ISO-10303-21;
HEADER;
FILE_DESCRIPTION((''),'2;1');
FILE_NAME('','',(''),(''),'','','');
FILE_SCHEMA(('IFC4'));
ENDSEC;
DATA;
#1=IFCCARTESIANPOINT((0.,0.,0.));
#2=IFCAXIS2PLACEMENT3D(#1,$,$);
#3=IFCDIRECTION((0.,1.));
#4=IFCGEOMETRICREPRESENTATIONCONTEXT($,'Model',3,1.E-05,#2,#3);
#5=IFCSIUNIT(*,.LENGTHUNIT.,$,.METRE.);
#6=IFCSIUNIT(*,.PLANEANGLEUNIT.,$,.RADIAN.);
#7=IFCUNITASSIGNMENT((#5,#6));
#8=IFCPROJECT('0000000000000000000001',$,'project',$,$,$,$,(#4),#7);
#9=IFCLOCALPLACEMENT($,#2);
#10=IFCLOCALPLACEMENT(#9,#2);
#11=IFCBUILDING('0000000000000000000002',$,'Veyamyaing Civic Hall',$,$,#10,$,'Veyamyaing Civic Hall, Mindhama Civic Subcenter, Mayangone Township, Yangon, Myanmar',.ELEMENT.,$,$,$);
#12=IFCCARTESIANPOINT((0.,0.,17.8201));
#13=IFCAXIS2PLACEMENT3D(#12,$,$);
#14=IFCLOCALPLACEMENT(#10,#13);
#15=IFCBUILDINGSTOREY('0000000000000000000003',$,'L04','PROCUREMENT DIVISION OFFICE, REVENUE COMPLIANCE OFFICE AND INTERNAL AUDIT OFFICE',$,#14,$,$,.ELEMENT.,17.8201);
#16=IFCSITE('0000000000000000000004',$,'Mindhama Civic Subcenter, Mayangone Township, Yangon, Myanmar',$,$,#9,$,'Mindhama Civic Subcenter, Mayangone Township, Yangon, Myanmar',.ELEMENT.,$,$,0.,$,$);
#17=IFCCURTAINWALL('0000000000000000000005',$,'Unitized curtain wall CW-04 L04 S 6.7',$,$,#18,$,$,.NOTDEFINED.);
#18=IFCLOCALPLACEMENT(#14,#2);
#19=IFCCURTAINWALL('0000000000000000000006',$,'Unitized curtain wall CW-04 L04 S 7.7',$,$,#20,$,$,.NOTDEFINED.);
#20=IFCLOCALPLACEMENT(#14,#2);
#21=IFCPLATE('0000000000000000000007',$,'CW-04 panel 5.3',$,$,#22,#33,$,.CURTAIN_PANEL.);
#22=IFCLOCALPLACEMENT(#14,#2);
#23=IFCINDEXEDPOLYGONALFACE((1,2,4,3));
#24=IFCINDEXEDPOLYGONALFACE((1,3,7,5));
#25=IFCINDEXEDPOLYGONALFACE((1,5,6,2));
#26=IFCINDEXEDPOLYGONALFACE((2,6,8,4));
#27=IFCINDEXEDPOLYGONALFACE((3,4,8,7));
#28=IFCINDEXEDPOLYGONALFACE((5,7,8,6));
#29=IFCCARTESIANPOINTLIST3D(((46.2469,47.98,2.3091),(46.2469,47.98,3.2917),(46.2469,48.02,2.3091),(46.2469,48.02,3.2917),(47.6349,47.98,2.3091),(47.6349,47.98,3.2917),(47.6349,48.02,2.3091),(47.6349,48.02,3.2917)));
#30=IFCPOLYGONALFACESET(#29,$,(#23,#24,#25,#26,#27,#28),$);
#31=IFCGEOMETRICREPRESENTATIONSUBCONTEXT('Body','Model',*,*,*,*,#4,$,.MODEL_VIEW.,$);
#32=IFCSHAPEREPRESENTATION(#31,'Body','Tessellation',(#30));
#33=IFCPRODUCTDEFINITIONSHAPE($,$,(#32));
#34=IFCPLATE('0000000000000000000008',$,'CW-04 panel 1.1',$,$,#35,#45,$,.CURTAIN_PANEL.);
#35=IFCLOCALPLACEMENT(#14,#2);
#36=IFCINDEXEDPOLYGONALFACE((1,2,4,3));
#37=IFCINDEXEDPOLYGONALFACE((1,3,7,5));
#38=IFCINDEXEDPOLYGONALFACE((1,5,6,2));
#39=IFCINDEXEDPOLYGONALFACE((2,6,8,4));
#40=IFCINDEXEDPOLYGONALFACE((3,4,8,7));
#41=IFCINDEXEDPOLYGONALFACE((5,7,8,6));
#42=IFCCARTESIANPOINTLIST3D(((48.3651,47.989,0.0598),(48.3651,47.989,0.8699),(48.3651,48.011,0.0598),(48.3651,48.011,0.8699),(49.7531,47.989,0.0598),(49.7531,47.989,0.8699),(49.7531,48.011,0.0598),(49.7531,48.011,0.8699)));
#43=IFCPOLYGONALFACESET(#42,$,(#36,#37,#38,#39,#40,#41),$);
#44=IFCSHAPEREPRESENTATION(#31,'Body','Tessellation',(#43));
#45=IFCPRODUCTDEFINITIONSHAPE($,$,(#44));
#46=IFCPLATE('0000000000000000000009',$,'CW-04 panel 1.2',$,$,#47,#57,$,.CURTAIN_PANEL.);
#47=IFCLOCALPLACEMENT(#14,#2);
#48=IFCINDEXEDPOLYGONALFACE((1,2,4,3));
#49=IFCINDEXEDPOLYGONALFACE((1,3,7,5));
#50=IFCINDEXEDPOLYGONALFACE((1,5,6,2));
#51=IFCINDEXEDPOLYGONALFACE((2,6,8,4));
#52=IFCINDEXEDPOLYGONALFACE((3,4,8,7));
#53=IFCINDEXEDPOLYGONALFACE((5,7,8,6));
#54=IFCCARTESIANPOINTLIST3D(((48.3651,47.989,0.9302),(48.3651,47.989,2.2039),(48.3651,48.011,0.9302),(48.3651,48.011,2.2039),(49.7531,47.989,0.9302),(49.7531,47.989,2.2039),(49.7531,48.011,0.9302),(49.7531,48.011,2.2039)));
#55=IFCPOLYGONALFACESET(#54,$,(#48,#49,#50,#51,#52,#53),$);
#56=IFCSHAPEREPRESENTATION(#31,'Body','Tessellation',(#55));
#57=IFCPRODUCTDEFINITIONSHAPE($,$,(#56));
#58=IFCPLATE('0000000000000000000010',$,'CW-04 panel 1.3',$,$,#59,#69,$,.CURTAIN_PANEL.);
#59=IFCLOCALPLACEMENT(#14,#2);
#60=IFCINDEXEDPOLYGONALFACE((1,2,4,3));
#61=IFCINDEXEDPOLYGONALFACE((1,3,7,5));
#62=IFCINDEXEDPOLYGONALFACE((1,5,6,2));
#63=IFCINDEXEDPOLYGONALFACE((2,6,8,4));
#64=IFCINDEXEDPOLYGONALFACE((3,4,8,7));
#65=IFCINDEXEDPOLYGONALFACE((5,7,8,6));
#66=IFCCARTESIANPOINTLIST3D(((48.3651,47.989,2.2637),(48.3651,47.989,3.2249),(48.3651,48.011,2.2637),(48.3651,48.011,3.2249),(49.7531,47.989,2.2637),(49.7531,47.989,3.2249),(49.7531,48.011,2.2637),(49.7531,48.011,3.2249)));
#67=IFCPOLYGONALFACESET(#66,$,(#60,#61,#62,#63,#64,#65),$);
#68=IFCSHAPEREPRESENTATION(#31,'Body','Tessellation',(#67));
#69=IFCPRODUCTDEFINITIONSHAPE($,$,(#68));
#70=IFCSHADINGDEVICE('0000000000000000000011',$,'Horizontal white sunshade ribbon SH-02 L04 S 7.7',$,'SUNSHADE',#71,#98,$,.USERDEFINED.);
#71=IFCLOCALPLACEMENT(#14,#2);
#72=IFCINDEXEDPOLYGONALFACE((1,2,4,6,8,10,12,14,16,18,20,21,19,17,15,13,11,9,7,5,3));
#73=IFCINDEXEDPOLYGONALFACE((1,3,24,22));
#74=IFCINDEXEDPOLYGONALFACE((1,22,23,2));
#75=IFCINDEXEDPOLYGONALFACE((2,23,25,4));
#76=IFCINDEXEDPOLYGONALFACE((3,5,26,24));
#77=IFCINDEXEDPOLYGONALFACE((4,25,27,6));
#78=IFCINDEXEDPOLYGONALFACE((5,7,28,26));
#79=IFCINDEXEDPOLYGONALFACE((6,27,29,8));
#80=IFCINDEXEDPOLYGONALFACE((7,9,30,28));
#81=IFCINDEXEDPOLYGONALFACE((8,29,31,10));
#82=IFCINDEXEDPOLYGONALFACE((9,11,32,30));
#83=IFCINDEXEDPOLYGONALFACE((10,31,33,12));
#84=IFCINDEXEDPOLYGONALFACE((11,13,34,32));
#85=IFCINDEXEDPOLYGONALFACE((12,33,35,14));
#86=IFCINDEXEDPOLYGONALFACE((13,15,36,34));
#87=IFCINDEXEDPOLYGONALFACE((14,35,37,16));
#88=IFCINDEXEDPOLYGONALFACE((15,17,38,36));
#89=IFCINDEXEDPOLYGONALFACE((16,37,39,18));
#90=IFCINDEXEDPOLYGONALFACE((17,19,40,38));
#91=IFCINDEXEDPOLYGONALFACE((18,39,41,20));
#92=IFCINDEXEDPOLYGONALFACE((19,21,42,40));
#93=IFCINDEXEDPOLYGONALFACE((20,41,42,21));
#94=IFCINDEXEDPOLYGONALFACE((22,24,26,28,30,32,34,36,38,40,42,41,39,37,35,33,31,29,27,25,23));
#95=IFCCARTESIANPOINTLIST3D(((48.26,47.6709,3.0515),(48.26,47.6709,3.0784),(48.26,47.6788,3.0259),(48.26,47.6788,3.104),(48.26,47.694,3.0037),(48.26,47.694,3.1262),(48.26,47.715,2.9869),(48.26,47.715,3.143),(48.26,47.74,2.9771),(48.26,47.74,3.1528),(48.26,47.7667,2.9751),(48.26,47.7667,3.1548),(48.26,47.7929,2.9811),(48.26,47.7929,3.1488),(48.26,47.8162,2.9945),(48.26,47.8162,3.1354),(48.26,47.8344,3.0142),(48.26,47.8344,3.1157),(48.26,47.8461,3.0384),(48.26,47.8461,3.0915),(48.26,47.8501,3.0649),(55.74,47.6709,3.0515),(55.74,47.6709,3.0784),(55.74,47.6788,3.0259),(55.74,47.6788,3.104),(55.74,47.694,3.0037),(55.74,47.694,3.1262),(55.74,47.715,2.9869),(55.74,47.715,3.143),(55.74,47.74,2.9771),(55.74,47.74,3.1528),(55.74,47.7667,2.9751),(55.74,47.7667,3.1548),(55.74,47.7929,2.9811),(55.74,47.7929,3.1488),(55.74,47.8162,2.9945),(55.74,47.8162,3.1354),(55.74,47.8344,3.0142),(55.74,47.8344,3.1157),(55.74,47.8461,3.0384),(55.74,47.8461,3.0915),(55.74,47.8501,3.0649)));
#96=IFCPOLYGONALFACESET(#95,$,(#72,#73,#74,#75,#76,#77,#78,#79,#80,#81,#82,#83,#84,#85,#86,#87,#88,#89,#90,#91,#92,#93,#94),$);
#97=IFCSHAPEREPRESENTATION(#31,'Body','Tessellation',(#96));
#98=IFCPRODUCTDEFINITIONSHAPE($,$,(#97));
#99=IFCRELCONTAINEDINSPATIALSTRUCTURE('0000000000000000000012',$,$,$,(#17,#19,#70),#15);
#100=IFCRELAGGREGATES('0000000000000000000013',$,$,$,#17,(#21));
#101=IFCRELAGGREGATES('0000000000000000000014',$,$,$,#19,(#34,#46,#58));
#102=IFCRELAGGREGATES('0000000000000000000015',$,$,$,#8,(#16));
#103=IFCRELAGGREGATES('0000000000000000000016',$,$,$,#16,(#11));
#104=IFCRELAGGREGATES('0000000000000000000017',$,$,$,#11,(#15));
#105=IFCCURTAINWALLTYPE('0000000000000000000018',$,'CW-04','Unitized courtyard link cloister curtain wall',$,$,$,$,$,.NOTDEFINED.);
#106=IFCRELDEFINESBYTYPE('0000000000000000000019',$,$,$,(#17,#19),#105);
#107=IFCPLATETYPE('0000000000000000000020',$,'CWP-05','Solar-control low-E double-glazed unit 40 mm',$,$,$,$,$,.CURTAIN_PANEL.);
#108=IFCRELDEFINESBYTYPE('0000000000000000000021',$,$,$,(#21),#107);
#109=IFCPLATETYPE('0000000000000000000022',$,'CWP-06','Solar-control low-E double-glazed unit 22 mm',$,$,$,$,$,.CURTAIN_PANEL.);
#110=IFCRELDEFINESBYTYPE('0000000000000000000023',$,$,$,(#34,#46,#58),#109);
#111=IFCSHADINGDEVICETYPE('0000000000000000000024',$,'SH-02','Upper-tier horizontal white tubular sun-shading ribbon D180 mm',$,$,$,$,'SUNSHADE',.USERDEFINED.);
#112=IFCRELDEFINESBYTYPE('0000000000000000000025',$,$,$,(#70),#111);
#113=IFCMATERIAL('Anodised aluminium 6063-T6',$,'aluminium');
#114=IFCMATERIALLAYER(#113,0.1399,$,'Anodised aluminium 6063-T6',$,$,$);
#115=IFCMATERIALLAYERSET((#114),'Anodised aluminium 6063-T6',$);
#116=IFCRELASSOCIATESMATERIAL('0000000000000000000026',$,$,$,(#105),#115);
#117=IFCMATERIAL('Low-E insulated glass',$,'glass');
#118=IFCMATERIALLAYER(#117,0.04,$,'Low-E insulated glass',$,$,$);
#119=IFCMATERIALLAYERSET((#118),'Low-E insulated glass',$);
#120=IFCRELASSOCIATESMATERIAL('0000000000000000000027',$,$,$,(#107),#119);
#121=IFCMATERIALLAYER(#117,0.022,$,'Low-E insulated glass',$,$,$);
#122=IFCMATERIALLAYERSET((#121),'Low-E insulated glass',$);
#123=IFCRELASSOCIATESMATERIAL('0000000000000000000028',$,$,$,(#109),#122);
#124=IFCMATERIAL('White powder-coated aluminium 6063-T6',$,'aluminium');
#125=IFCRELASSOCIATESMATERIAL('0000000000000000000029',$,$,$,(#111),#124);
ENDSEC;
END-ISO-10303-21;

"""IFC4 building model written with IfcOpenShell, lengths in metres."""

from ifc_helpers import new_model, si_unit, direction, frame, origin, origin_2d, place, context, subcontext, project, spatial, rectangle, circle, extrude, material, layer, layer_set, material_profile, profile_set, type_object, element, aggregate, save


model = new_model("IFC4")

# Units and contexts
model_context = context("Model", 3, precision=1e-05, world=origin(), true_north=direction((0.0, 1.0)))
body_context = subcontext(model_context, "Body", "Model", "MODEL_VIEW")
ifc_project = project(units=[si_unit("LENGTHUNIT", "METRE"), si_unit("PLANEANGLEUNIT", "RADIAN")], contexts=[model_context])

# Site, building, storey
site_placement = place(None, origin())
site = spatial("IfcSite", under=ifc_project, at=site_placement, Name="Mindhama Civic Subcenter, Mayangone Township, Yangon, Myanmar", LongName="Mindhama Civic Subcenter, Mayangone Township, Yangon, Myanmar", CompositionType="ELEMENT", RefElevation=0.0)
building_placement = place(site_placement, origin())
building = spatial("IfcBuilding", under=site, at=building_placement, Name="Veyamyaing Civic Hall", LongName="Veyamyaing Civic Hall, Mindhama Civic Subcenter, Mayangone Township, Yangon, Myanmar", CompositionType="ELEMENT")
storey_placement = place(building_placement, frame((0.0, 0.0, 17.8201)))
storey = spatial("IfcBuildingStorey", under=building, at=storey_placement, Name="L04", Description="PROCUREMENT DIVISION OFFICE, REVENUE COMPLIANCE OFFICE AND INTERNAL AUDIT OFFICE", CompositionType="ELEMENT", Elevation=17.8201)

# Curtain walls
ifc_material_1 = material(Name="Anodised aluminium 6063-T6", Category="aluminium")
ifc_layer_1 = layer(ifc_material_1, 0.1399, Name="Anodised aluminium 6063-T6")
ifc_layer_set_1 = layer_set([ifc_layer_1], Name="Anodised aluminium 6063-T6")
curtain_wall_type = type_object("IfcCurtainWallType", Name="CW-04", Description="Unitized courtyard link cloister curtain wall", PredefinedType="NOTDEFINED", material=ifc_layer_set_1)
curtain_wall_1_placement = place(storey_placement, origin())
curtain_wall_1 = element("IfcCurtainWall", 1, at=curtain_wall_1_placement, inside=storey, type_object=curtain_wall_type, Name="Unitized curtain wall CW-04 L04 S 6.7", PredefinedType="NOTDEFINED")
curtain_wall_2_placement = place(storey_placement, origin())
curtain_wall_2 = element("IfcCurtainWall", 2, at=curtain_wall_2_placement, inside=storey, type_object=curtain_wall_type, Name="Unitized curtain wall CW-04 L04 S 7.7", PredefinedType="NOTDEFINED")

# Plates
ifc_material_2 = material(Name="Low-E insulated glass", Category="glass")
ifc_layer_2 = layer(ifc_material_2, 0.04, Name="Low-E insulated glass")
ifc_layer_set_2 = layer_set([ifc_layer_2], Name="Low-E insulated glass")
plate_type_1 = type_object("IfcPlateType", Name="CWP-05", Description="Solar-control low-E double-glazed unit 40 mm", PredefinedType="CURTAIN_PANEL", material=ifc_layer_set_2)
plate_1_placement = place(storey_placement, frame((46.9409, 48.0, 2.3091), z_axis=(0.0, 0.0, 1.0), x_axis=(1.0, 0.0, 0.0)))
plate_1 = element("IfcPlate", 3, at=plate_1_placement, type_object=plate_type_1, Name="CW-04 panel 5.3", PredefinedType="CURTAIN_PANEL", context=body_context, shape_type="SweptSolid", body=[
    extrude(rectangle(XDim=1.3879, YDim=0.04, at=origin_2d()), origin(), (0.0, 0.0, 1.0), 0.9827),
])
aggregate(curtain_wall_1, [plate_1])
ifc_layer_3 = layer(ifc_material_2, 0.022, Name="Low-E insulated glass")
ifc_layer_set_3 = layer_set([ifc_layer_3], Name="Low-E insulated glass")
plate_type_2 = type_object("IfcPlateType", Name="CWP-06", Description="Solar-control low-E double-glazed unit 22 mm", PredefinedType="CURTAIN_PANEL", material=ifc_layer_set_3)
plate_2_placement = place(storey_placement, frame((49.0591, 48.0, 0.0598), z_axis=(0.0, 0.0, 1.0), x_axis=(1.0, 0.0, 0.0)))
plate_2 = element("IfcPlate", 4, at=plate_2_placement, type_object=plate_type_2, Name="CW-04 panel 1.1", PredefinedType="CURTAIN_PANEL", context=body_context, shape_type="SweptSolid", body=[
    extrude(rectangle(XDim=1.3879, YDim=0.022, at=origin_2d()), origin(), (0.0, 0.0, 1.0), 0.8101),
])
plate_3_placement = place(storey_placement, frame((49.0591, 48.0, 0.9302), z_axis=(0.0, 0.0, 1.0), x_axis=(1.0, 0.0, 0.0)))
plate_3 = element("IfcPlate", 5, at=plate_3_placement, type_object=plate_type_2, Name="CW-04 panel 1.2", PredefinedType="CURTAIN_PANEL", context=body_context, shape_type="SweptSolid", body=[
    extrude(rectangle(XDim=1.3879, YDim=0.022, at=origin_2d()), origin(), (0.0, 0.0, 1.0), 1.2737),
])
plate_4_placement = place(storey_placement, frame((49.0591, 48.0, 2.2637), z_axis=(0.0, 0.0, 1.0), x_axis=(1.0, 0.0, 0.0)))
plate_4 = element("IfcPlate", 6, at=plate_4_placement, type_object=plate_type_2, Name="CW-04 panel 1.3", PredefinedType="CURTAIN_PANEL", context=body_context, shape_type="SweptSolid", body=[
    extrude(rectangle(XDim=1.3879, YDim=0.022, at=origin_2d()), origin(), (0.0, 0.0, 1.0), 0.9612),
])
aggregate(curtain_wall_2, [plate_2, plate_3, plate_4])

# Shading device
ifc_material_3 = material(Name="White powder-coated aluminium 6063-T6", Category="aluminium")
ifc_material_profile_1 = material_profile(ifc_material_3, circle(Radius=0.0901, at=origin_2d()), Name="SHADE-TUBE-180")
ifc_profile_set_1 = profile_set([ifc_material_profile_1], Name="White powder-coated aluminium 6063-T6")
shading_device_type = type_object("IfcShadingDeviceType", Name="SH-02", Description="Upper-tier horizontal white tubular sun-shading ribbon D180 mm", ElementType="SUNSHADE", PredefinedType="USERDEFINED", material=ifc_profile_set_1)
shading_device_placement = place(storey_placement, frame((48.26, 47.76, 3.0649), z_axis=(1.0, 0.0, 0.0), x_axis=(0.0, 1.0, 0.0)))
element("IfcShadingDevice", 7, at=shading_device_placement, inside=storey, type_object=shading_device_type, Name="Horizontal white sunshade ribbon SH-02 L04 S 7.7", ObjectType="SUNSHADE", PredefinedType="USERDEFINED", context=body_context, shape_type="SweptSolid", body=[
    extrude(circle(Radius=0.0901, at=origin_2d()), origin(), (0.0, 0.0, 1.0), 7.48),
])

save(model, "model.ifc")
